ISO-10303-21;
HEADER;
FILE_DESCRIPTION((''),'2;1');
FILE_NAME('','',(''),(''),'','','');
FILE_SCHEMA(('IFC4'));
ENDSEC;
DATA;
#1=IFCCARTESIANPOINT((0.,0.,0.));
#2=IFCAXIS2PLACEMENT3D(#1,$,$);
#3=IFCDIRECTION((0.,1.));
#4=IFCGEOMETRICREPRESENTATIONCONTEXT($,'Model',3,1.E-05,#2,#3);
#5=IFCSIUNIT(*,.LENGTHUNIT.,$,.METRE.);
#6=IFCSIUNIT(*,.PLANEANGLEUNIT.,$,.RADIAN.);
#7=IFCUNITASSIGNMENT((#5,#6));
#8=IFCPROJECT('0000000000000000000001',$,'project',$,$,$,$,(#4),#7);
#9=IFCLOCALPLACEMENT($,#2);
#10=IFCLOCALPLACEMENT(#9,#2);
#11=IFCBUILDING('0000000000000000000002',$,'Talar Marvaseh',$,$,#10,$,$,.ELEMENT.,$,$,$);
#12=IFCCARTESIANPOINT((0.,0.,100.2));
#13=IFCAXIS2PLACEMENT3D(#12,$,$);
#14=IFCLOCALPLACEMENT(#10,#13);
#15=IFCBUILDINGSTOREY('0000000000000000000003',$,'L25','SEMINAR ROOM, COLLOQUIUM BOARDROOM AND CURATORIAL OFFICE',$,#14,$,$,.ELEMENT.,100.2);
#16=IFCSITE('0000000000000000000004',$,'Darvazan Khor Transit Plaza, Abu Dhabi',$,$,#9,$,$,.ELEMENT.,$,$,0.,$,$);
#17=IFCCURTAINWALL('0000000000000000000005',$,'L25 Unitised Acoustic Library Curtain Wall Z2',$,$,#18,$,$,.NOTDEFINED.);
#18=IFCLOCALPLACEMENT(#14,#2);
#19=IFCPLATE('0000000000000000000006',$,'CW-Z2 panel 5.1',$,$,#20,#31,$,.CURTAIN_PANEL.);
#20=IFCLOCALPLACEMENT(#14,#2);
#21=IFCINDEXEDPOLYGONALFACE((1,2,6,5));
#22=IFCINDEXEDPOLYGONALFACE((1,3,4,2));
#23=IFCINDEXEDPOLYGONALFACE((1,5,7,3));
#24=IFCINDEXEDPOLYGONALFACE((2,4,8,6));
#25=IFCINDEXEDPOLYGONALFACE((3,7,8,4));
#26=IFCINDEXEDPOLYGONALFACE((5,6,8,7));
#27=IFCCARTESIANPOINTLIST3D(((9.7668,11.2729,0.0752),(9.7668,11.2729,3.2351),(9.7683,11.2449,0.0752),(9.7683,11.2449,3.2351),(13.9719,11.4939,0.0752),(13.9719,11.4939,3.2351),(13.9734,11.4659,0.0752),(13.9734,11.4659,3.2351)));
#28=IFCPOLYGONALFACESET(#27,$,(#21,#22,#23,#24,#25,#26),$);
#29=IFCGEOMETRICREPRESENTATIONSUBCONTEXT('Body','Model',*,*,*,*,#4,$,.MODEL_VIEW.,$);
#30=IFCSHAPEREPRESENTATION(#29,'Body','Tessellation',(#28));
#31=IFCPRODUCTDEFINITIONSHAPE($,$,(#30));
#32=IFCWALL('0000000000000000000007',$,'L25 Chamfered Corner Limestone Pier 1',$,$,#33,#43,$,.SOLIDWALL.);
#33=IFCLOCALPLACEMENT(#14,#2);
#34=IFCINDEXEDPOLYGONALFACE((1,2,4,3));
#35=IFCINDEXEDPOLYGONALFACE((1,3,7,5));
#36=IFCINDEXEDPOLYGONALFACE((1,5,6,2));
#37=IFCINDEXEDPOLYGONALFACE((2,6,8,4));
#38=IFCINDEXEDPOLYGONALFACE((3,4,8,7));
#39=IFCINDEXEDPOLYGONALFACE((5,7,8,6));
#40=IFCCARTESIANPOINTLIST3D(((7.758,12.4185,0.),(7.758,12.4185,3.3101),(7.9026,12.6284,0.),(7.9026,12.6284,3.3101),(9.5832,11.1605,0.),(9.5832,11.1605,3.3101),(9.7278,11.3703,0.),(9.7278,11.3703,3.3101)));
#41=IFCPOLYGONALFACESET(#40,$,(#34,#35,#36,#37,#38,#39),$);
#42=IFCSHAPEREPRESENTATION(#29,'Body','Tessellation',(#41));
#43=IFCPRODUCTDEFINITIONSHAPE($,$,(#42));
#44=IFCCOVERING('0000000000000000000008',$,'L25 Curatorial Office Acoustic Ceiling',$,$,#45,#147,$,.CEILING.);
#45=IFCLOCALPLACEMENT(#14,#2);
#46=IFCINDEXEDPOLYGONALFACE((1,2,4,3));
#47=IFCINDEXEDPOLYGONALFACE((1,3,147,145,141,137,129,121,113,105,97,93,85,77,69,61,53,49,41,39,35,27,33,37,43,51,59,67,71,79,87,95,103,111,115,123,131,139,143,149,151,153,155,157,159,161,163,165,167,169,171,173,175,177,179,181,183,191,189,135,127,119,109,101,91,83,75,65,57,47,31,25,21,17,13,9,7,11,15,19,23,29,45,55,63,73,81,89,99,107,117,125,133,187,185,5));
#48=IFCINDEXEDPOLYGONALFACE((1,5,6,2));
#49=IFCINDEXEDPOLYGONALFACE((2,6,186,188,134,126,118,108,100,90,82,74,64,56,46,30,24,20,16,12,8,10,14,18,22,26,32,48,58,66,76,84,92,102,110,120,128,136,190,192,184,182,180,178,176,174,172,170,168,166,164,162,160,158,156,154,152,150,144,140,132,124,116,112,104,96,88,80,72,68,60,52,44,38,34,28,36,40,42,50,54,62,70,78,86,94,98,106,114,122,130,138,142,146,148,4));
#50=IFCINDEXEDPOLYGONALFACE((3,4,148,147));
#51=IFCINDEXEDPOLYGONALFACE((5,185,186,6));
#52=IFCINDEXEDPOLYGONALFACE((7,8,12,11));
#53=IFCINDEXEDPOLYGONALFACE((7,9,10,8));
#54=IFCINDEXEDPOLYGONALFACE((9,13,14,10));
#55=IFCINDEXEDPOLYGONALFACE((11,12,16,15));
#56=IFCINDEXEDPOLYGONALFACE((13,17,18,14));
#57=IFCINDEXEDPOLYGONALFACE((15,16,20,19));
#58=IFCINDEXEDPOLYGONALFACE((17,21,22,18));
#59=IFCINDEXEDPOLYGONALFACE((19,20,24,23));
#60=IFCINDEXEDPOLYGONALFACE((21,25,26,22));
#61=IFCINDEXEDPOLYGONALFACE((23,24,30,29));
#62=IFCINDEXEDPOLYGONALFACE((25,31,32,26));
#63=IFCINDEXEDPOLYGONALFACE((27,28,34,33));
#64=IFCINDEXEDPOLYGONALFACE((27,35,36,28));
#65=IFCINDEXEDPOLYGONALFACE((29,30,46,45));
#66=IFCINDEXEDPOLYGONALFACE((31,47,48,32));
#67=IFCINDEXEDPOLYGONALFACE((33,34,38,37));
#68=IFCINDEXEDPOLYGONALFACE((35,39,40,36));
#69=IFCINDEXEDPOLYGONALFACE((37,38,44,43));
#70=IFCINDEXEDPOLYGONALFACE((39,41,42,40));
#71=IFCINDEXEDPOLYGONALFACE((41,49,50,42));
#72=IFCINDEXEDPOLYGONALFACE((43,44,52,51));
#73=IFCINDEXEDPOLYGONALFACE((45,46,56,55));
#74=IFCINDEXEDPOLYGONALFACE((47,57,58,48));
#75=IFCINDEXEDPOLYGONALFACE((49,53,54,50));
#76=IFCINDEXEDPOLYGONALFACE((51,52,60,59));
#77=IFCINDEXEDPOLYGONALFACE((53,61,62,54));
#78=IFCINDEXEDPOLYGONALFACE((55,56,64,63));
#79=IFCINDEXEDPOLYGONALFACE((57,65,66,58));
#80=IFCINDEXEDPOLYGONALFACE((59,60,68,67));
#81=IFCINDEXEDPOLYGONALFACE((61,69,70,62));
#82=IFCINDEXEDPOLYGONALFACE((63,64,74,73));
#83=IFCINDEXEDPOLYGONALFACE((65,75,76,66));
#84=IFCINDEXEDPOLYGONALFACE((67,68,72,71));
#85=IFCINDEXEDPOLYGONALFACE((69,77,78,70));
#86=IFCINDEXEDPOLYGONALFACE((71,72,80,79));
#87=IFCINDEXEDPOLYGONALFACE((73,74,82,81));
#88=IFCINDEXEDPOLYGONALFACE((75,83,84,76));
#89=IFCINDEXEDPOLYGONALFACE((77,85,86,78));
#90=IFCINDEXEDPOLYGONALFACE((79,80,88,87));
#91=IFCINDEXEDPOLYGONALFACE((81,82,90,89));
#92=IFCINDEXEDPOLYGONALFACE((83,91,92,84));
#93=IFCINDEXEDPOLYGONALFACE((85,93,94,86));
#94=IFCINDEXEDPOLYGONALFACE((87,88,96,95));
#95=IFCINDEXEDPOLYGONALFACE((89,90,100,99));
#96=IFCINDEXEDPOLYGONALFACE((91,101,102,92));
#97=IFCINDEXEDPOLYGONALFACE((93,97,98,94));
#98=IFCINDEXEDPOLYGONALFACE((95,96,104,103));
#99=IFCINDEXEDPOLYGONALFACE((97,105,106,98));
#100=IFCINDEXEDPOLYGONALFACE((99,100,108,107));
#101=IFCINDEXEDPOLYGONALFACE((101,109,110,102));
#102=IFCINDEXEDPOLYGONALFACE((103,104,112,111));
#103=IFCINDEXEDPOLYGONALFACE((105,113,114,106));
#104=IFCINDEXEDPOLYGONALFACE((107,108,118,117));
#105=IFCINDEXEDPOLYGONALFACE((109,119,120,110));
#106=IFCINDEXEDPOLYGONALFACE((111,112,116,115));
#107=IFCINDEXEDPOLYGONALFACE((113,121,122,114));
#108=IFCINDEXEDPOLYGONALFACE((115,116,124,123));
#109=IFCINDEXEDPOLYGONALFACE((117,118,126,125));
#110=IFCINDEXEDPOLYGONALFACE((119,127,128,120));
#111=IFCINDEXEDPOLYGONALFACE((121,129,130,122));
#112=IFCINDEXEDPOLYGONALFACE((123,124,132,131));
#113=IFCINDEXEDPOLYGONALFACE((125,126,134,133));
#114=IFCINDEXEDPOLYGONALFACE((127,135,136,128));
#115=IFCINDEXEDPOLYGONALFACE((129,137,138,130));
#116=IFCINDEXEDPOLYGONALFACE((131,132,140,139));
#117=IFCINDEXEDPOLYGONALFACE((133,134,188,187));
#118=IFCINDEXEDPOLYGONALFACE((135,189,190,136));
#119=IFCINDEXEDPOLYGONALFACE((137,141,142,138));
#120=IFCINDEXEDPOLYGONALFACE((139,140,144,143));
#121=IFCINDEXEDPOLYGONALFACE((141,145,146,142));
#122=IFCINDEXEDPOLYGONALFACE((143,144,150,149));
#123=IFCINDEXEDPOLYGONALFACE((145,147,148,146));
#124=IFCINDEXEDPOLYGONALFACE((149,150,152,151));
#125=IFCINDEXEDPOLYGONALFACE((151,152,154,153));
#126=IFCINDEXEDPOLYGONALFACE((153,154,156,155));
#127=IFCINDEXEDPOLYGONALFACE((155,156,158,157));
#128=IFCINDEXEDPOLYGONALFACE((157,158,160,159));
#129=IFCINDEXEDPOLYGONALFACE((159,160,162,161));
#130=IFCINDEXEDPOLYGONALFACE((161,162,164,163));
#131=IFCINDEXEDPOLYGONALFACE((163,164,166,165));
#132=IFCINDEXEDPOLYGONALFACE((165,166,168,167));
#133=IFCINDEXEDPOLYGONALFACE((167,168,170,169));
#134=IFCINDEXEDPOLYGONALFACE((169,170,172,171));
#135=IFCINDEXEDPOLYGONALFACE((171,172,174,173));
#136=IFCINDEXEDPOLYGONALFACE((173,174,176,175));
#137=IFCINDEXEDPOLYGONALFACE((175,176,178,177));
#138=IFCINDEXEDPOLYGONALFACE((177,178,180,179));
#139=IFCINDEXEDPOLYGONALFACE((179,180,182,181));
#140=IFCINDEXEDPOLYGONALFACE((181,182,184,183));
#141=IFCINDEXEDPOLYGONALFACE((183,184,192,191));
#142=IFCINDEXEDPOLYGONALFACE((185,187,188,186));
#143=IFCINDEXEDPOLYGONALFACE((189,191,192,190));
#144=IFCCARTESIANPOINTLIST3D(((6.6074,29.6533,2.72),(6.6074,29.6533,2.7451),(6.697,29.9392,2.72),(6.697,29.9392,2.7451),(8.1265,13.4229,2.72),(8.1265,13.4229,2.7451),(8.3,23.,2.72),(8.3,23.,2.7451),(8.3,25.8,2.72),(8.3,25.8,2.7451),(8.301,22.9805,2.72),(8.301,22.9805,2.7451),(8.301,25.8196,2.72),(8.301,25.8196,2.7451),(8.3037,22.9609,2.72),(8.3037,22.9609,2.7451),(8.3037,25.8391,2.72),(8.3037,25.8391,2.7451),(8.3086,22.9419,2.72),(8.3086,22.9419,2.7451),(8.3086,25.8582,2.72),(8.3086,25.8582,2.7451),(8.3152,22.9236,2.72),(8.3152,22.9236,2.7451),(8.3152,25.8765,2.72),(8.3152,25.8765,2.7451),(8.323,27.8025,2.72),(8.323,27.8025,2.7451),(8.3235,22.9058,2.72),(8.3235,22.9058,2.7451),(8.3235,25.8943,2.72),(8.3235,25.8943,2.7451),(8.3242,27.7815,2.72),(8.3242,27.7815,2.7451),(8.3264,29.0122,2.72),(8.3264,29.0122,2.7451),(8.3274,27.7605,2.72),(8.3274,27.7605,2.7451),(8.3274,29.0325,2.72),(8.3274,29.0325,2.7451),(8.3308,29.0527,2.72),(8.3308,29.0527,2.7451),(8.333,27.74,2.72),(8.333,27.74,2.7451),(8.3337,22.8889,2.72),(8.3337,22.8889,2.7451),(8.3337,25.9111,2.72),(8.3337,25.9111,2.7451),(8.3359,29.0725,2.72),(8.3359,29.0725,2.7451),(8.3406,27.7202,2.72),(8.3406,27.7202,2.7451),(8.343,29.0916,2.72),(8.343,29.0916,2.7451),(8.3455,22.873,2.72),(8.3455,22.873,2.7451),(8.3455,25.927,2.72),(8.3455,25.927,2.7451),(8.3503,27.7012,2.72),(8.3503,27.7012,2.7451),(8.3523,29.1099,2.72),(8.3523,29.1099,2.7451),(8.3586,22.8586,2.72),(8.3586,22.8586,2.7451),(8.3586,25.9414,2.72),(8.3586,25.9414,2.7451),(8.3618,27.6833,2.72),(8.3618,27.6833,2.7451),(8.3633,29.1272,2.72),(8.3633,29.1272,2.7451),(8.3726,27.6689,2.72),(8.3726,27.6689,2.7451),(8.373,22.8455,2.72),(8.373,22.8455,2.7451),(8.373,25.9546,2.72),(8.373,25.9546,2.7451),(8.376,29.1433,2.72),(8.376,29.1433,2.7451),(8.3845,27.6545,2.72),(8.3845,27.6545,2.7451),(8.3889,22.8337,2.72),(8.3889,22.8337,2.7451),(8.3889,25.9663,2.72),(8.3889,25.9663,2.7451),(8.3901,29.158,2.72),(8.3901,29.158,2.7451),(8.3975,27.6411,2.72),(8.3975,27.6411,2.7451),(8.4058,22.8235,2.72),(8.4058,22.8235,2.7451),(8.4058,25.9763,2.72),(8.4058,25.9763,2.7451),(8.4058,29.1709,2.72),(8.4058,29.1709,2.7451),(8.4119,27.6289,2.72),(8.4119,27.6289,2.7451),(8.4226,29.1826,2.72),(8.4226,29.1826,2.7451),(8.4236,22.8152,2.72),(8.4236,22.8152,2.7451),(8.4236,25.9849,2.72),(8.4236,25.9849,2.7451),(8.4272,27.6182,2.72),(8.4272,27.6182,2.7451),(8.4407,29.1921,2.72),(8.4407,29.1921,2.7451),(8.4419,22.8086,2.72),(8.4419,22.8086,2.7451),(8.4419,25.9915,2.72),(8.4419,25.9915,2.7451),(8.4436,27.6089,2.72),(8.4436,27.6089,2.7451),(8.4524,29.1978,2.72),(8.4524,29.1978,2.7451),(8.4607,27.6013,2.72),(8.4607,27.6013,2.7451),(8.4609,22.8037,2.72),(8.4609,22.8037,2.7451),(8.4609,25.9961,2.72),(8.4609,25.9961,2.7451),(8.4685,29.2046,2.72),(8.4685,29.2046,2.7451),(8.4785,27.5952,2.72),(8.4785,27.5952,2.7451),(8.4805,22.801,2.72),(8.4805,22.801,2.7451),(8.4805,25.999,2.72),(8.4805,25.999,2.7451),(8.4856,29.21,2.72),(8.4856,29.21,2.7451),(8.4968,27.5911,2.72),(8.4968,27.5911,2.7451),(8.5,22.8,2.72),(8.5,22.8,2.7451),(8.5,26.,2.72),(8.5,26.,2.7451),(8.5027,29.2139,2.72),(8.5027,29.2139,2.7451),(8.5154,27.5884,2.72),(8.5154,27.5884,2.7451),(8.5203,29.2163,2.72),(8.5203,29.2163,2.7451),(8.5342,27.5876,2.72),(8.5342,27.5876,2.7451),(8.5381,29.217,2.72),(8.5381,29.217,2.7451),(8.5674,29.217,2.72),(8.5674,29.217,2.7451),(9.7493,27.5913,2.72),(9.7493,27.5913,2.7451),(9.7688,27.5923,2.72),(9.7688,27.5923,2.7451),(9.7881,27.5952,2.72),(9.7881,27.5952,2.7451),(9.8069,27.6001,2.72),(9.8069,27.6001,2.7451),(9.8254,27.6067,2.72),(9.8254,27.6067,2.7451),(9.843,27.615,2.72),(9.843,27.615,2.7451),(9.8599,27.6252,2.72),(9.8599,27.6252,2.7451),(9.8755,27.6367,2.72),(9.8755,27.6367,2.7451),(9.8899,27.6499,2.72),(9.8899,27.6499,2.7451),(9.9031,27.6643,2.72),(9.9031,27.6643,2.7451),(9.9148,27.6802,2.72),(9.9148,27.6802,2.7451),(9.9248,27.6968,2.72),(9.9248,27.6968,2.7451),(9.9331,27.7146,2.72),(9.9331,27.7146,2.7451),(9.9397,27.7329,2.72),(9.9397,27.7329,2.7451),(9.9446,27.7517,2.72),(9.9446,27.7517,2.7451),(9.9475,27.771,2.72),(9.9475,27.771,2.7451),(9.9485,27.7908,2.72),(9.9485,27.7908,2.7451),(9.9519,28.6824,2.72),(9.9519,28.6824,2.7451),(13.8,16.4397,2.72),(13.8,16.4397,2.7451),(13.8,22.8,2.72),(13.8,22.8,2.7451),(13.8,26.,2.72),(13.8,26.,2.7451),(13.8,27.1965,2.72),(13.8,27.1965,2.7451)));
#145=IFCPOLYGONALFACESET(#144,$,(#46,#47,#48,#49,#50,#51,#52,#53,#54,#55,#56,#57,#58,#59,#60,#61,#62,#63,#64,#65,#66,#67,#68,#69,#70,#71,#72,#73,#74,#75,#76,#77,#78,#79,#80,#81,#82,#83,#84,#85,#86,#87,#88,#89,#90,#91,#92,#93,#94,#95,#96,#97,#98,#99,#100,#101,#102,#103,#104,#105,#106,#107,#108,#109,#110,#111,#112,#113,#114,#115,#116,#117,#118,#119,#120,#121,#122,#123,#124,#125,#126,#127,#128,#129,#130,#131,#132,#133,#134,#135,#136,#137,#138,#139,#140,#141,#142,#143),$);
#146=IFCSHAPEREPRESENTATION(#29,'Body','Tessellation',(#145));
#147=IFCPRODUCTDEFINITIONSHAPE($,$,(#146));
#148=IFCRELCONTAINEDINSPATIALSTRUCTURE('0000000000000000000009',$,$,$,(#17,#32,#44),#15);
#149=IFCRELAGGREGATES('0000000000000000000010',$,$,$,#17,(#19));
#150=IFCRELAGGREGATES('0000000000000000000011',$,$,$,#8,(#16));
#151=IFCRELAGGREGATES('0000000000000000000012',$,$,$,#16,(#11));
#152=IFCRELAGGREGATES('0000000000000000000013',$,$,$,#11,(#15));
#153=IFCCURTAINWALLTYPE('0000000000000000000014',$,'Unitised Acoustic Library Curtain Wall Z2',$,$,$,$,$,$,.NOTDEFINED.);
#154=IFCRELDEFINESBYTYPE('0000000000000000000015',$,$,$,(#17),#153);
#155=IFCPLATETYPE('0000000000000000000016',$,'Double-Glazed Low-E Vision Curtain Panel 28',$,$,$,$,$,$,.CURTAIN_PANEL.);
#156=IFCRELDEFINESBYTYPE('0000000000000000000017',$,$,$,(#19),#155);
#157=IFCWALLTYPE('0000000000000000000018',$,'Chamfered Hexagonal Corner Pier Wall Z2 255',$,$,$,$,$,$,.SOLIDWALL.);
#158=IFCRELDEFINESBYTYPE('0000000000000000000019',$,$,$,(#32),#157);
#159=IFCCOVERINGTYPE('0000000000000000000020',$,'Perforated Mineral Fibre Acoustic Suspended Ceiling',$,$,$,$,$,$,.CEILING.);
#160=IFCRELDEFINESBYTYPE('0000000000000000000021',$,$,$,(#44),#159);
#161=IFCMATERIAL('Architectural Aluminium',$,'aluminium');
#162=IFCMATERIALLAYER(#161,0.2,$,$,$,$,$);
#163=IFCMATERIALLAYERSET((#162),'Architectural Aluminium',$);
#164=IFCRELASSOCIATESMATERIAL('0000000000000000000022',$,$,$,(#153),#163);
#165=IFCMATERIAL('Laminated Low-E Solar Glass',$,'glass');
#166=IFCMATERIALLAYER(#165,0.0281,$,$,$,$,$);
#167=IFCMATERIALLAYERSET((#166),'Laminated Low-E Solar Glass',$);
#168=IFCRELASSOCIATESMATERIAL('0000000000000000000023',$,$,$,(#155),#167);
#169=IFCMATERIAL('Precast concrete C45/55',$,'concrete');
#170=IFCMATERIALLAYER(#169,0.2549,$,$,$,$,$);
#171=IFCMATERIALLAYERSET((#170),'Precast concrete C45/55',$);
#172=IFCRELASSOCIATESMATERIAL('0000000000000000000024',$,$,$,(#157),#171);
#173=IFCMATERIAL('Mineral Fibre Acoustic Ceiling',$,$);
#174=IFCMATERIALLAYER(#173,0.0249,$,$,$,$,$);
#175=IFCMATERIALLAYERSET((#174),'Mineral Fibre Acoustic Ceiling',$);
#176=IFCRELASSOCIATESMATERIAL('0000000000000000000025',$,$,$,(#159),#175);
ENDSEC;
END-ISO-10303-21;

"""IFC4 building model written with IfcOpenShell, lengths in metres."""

from ifc_helpers import new_model, si_unit, direction, frame, frame_2d, origin, origin_2d, place, context, subcontext, project, spatial, polyline, rectangle, outline, extrude, source, transform, mapped, material, layer, layer_set, type_object, type_shapes, element, aggregate, save


model = new_model("IFC4")

# Units and contexts
model_context = context("Model", 3, precision=1e-05, world=origin(), true_north=direction((0.0, 1.0)))
body_context = subcontext(model_context, "Body", "Model", "MODEL_VIEW")
ifc_project = project(units=[si_unit("LENGTHUNIT", "METRE"), si_unit("PLANEANGLEUNIT", "RADIAN")], contexts=[model_context])

# Site, building, storey
site_placement = place(None, origin())
site = spatial("IfcSite", under=ifc_project, at=site_placement, Name="Darvazan Khor Transit Plaza, Abu Dhabi", CompositionType="ELEMENT", RefElevation=0.0)
building_placement = place(site_placement, origin())
building = spatial("IfcBuilding", under=site, at=building_placement, Name="Talar Marvaseh", CompositionType="ELEMENT")
storey_placement = place(building_placement, frame((0.0, 0.0, 100.2)))
storey = spatial("IfcBuildingStorey", under=building, at=storey_placement, Name="L25", Description="SEMINAR ROOM, COLLOQUIUM BOARDROOM AND CURATORIAL OFFICE", CompositionType="ELEMENT", Elevation=100.2)

# Curtain wall
ifc_material_1 = material(Name="Architectural Aluminium", Category="aluminium")
ifc_layer_1 = layer(ifc_material_1, 0.2)
ifc_layer_set_1 = layer_set([ifc_layer_1], Name="Architectural Aluminium")
curtain_wall_type = type_object("IfcCurtainWallType", Name="Unitised Acoustic Library Curtain Wall Z2", PredefinedType="NOTDEFINED", material=ifc_layer_set_1)
curtain_wall_1_placement = place(storey_placement, origin())
curtain_wall_1 = element("IfcCurtainWall", 1, at=curtain_wall_1_placement, inside=storey, type_object=curtain_wall_type, Name="L25 Unitised Acoustic Library Curtain Wall Z2", PredefinedType="NOTDEFINED")

# Plate
ifc_material_2 = material(Name="Laminated Low-E Solar Glass", Category="glass")
ifc_layer_2 = layer(ifc_material_2, 0.0281)
ifc_layer_set_2 = layer_set([ifc_layer_2], Name="Laminated Low-E Solar Glass")
plate_type = type_object("IfcPlateType", Name="Double-Glazed Low-E Vision Curtain Panel 28", PredefinedType="CURTAIN_PANEL", material=ifc_layer_set_2)
shared_shape_1 = source(origin(), body_context, "Body", "SweptSolid", [
    extrude(rectangle(XDim=4.2109, YDim=0.0281, at=origin_2d()), origin(), (0.0, 0.0, 1.0), 3.1599),
])
type_shapes(plate_type, [shared_shape_1])
plate_placement = place(storey_placement, frame((11.8701, 11.3694, 0.0752), z_axis=(0.0, 0.0, 1.0), x_axis=(-0.998621, -0.052489, 0.0)))
plate = element("IfcPlate", 2, at=plate_placement, type_object=plate_type, Name="CW-Z2 panel 5.1", PredefinedType="CURTAIN_PANEL", context=body_context, shape_type="MappedRepresentation", body=[
    mapped(shared_shape_1, transform((0.0, 0.0, 0.0), x_axis=(1.0, 0.0, 0.0), y_axis=(0.0, 1.0, 0.0), z_axis=(0.0, 0.0, 1.0), scale=1.0)),
])
aggregate(curtain_wall_1, [plate])

# Wall
ifc_material_3 = material(Name="Precast concrete C45/55", Category="concrete")
ifc_layer_3 = layer(ifc_material_3, 0.2549)
ifc_layer_set_3 = layer_set([ifc_layer_3], Name="Precast concrete C45/55")
wall_type = type_object("IfcWallType", Name="Chamfered Hexagonal Corner Pier Wall Z2 255", PredefinedType="SOLIDWALL", material=ifc_layer_set_3)
wall_placement = place(storey_placement, frame((9.6555, 11.2654, 0.0), z_axis=(0.0, 0.0, 1.0), x_axis=(-0.82336, 0.567519, 0.0)))
element("IfcWall", 3, at=wall_placement, inside=storey, type_object=wall_type, Name="L25 Chamfered Corner Limestone Pier 1", PredefinedType="SOLIDWALL", context=body_context, shape_type="SweptSolid", body=[
    extrude(rectangle(XDim=2.2168, YDim=0.2549, at=frame_2d((1.1084, 0.0))), origin(), (0.0, 0.0, 1.0), 3.3101),
])

# Covering
ifc_material_4 = material(Name="Mineral Fibre Acoustic Ceiling")
ifc_layer_4 = layer(ifc_material_4, 0.0249)
ifc_layer_set_4 = layer_set([ifc_layer_4], Name="Mineral Fibre Acoustic Ceiling")
covering_type_1 = type_object("IfcCoveringType", Name="Perforated Mineral Fibre Acoustic Suspended Ceiling", PredefinedType="CEILING", material=ifc_layer_set_4)
covering_1_placement = place(storey_placement, frame((0.0, 0.0, 2.72)))
element("IfcCovering", 4, at=covering_1_placement, inside=storey, type_object=covering_type_1, Name="L25 Curatorial Office Acoustic Ceiling", PredefinedType="CEILING", context=body_context, shape_type="SweptSolid", body=[
    extrude(outline(polyline([(6.697, 29.9392), (8.5674, 29.217), (8.5381, 29.217), (8.5203, 29.2163), (8.5027, 29.2139), (8.4856, 29.21), (8.4685, 29.2046), (8.4524, 29.1978), (8.4407, 29.1921), (8.4226, 29.1826), (8.4058, 29.1709), (8.3901, 29.158), (8.376, 29.1433), (8.3633, 29.1272), (8.3523, 29.1099), (8.343, 29.0916), (8.3359, 29.0725), (8.3308, 29.0527), (8.3274, 29.0325), (8.3264, 29.0122), (8.323, 27.8025), (8.3242, 27.7815), (8.3274, 27.7605), (8.333, 27.74), (8.3406, 27.7202), (8.3503, 27.7012), (8.3618, 27.6833), (8.3726, 27.6689), (8.3845, 27.6545), (8.3975, 27.6411), (8.4119, 27.6289), (8.4272, 27.6182), (8.4436, 27.6089), (8.4607, 27.6013), (8.4785, 27.5952), (8.4968, 27.5911), (8.5154, 27.5884), (8.5342, 27.5876), (9.7493, 27.5913), (9.7688, 27.5923), (9.7881, 27.5952), (9.8069, 27.6001), (9.8254, 27.6067), (9.843, 27.615), (9.8599, 27.6252), (9.8755, 27.6367), (9.8899, 27.6499), (9.9031, 27.6643), (9.9148, 27.6802), (9.9248, 27.6968), (9.9331, 27.7146), (9.9397, 27.7329), (9.9446, 27.7517), (9.9475, 27.771), (9.9485, 27.7908), (9.9519, 28.6824), (13.8, 27.1965), (13.8, 26.0), (8.5, 26.0), (8.4805, 25.999), (8.4609, 25.9961), (8.4419, 25.9915), (8.4236, 25.9849), (8.4058, 25.9763), (8.3889, 25.9663), (8.373, 25.9546), (8.3586, 25.9414), (8.3455, 25.927), (8.3337, 25.9111), (8.3235, 25.8943), (8.3152, 25.8765), (8.3086, 25.8582), (8.3037, 25.8391), (8.301, 25.8196), (8.3, 25.8), (8.3, 23.0), (8.301, 22.9805), (8.3037, 22.9609), (8.3086, 22.9419), (8.3152, 22.9236), (8.3235, 22.9058), (8.3337, 22.8889), (8.3455, 22.873), (8.3586, 22.8586), (8.373, 22.8455), (8.3889, 22.8337), (8.4058, 22.8235), (8.4236, 22.8152), (8.4419, 22.8086), (8.4609, 22.8037), (8.4805, 22.801), (8.5, 22.8), (13.8, 22.8), (13.8, 16.4397), (8.1265, 13.4229), (6.6074, 29.6533), (6.697, 29.9392)])), origin(), (0.0, 0.0, 1.0), 0.0251),
])

save(model, "model.ifc")
